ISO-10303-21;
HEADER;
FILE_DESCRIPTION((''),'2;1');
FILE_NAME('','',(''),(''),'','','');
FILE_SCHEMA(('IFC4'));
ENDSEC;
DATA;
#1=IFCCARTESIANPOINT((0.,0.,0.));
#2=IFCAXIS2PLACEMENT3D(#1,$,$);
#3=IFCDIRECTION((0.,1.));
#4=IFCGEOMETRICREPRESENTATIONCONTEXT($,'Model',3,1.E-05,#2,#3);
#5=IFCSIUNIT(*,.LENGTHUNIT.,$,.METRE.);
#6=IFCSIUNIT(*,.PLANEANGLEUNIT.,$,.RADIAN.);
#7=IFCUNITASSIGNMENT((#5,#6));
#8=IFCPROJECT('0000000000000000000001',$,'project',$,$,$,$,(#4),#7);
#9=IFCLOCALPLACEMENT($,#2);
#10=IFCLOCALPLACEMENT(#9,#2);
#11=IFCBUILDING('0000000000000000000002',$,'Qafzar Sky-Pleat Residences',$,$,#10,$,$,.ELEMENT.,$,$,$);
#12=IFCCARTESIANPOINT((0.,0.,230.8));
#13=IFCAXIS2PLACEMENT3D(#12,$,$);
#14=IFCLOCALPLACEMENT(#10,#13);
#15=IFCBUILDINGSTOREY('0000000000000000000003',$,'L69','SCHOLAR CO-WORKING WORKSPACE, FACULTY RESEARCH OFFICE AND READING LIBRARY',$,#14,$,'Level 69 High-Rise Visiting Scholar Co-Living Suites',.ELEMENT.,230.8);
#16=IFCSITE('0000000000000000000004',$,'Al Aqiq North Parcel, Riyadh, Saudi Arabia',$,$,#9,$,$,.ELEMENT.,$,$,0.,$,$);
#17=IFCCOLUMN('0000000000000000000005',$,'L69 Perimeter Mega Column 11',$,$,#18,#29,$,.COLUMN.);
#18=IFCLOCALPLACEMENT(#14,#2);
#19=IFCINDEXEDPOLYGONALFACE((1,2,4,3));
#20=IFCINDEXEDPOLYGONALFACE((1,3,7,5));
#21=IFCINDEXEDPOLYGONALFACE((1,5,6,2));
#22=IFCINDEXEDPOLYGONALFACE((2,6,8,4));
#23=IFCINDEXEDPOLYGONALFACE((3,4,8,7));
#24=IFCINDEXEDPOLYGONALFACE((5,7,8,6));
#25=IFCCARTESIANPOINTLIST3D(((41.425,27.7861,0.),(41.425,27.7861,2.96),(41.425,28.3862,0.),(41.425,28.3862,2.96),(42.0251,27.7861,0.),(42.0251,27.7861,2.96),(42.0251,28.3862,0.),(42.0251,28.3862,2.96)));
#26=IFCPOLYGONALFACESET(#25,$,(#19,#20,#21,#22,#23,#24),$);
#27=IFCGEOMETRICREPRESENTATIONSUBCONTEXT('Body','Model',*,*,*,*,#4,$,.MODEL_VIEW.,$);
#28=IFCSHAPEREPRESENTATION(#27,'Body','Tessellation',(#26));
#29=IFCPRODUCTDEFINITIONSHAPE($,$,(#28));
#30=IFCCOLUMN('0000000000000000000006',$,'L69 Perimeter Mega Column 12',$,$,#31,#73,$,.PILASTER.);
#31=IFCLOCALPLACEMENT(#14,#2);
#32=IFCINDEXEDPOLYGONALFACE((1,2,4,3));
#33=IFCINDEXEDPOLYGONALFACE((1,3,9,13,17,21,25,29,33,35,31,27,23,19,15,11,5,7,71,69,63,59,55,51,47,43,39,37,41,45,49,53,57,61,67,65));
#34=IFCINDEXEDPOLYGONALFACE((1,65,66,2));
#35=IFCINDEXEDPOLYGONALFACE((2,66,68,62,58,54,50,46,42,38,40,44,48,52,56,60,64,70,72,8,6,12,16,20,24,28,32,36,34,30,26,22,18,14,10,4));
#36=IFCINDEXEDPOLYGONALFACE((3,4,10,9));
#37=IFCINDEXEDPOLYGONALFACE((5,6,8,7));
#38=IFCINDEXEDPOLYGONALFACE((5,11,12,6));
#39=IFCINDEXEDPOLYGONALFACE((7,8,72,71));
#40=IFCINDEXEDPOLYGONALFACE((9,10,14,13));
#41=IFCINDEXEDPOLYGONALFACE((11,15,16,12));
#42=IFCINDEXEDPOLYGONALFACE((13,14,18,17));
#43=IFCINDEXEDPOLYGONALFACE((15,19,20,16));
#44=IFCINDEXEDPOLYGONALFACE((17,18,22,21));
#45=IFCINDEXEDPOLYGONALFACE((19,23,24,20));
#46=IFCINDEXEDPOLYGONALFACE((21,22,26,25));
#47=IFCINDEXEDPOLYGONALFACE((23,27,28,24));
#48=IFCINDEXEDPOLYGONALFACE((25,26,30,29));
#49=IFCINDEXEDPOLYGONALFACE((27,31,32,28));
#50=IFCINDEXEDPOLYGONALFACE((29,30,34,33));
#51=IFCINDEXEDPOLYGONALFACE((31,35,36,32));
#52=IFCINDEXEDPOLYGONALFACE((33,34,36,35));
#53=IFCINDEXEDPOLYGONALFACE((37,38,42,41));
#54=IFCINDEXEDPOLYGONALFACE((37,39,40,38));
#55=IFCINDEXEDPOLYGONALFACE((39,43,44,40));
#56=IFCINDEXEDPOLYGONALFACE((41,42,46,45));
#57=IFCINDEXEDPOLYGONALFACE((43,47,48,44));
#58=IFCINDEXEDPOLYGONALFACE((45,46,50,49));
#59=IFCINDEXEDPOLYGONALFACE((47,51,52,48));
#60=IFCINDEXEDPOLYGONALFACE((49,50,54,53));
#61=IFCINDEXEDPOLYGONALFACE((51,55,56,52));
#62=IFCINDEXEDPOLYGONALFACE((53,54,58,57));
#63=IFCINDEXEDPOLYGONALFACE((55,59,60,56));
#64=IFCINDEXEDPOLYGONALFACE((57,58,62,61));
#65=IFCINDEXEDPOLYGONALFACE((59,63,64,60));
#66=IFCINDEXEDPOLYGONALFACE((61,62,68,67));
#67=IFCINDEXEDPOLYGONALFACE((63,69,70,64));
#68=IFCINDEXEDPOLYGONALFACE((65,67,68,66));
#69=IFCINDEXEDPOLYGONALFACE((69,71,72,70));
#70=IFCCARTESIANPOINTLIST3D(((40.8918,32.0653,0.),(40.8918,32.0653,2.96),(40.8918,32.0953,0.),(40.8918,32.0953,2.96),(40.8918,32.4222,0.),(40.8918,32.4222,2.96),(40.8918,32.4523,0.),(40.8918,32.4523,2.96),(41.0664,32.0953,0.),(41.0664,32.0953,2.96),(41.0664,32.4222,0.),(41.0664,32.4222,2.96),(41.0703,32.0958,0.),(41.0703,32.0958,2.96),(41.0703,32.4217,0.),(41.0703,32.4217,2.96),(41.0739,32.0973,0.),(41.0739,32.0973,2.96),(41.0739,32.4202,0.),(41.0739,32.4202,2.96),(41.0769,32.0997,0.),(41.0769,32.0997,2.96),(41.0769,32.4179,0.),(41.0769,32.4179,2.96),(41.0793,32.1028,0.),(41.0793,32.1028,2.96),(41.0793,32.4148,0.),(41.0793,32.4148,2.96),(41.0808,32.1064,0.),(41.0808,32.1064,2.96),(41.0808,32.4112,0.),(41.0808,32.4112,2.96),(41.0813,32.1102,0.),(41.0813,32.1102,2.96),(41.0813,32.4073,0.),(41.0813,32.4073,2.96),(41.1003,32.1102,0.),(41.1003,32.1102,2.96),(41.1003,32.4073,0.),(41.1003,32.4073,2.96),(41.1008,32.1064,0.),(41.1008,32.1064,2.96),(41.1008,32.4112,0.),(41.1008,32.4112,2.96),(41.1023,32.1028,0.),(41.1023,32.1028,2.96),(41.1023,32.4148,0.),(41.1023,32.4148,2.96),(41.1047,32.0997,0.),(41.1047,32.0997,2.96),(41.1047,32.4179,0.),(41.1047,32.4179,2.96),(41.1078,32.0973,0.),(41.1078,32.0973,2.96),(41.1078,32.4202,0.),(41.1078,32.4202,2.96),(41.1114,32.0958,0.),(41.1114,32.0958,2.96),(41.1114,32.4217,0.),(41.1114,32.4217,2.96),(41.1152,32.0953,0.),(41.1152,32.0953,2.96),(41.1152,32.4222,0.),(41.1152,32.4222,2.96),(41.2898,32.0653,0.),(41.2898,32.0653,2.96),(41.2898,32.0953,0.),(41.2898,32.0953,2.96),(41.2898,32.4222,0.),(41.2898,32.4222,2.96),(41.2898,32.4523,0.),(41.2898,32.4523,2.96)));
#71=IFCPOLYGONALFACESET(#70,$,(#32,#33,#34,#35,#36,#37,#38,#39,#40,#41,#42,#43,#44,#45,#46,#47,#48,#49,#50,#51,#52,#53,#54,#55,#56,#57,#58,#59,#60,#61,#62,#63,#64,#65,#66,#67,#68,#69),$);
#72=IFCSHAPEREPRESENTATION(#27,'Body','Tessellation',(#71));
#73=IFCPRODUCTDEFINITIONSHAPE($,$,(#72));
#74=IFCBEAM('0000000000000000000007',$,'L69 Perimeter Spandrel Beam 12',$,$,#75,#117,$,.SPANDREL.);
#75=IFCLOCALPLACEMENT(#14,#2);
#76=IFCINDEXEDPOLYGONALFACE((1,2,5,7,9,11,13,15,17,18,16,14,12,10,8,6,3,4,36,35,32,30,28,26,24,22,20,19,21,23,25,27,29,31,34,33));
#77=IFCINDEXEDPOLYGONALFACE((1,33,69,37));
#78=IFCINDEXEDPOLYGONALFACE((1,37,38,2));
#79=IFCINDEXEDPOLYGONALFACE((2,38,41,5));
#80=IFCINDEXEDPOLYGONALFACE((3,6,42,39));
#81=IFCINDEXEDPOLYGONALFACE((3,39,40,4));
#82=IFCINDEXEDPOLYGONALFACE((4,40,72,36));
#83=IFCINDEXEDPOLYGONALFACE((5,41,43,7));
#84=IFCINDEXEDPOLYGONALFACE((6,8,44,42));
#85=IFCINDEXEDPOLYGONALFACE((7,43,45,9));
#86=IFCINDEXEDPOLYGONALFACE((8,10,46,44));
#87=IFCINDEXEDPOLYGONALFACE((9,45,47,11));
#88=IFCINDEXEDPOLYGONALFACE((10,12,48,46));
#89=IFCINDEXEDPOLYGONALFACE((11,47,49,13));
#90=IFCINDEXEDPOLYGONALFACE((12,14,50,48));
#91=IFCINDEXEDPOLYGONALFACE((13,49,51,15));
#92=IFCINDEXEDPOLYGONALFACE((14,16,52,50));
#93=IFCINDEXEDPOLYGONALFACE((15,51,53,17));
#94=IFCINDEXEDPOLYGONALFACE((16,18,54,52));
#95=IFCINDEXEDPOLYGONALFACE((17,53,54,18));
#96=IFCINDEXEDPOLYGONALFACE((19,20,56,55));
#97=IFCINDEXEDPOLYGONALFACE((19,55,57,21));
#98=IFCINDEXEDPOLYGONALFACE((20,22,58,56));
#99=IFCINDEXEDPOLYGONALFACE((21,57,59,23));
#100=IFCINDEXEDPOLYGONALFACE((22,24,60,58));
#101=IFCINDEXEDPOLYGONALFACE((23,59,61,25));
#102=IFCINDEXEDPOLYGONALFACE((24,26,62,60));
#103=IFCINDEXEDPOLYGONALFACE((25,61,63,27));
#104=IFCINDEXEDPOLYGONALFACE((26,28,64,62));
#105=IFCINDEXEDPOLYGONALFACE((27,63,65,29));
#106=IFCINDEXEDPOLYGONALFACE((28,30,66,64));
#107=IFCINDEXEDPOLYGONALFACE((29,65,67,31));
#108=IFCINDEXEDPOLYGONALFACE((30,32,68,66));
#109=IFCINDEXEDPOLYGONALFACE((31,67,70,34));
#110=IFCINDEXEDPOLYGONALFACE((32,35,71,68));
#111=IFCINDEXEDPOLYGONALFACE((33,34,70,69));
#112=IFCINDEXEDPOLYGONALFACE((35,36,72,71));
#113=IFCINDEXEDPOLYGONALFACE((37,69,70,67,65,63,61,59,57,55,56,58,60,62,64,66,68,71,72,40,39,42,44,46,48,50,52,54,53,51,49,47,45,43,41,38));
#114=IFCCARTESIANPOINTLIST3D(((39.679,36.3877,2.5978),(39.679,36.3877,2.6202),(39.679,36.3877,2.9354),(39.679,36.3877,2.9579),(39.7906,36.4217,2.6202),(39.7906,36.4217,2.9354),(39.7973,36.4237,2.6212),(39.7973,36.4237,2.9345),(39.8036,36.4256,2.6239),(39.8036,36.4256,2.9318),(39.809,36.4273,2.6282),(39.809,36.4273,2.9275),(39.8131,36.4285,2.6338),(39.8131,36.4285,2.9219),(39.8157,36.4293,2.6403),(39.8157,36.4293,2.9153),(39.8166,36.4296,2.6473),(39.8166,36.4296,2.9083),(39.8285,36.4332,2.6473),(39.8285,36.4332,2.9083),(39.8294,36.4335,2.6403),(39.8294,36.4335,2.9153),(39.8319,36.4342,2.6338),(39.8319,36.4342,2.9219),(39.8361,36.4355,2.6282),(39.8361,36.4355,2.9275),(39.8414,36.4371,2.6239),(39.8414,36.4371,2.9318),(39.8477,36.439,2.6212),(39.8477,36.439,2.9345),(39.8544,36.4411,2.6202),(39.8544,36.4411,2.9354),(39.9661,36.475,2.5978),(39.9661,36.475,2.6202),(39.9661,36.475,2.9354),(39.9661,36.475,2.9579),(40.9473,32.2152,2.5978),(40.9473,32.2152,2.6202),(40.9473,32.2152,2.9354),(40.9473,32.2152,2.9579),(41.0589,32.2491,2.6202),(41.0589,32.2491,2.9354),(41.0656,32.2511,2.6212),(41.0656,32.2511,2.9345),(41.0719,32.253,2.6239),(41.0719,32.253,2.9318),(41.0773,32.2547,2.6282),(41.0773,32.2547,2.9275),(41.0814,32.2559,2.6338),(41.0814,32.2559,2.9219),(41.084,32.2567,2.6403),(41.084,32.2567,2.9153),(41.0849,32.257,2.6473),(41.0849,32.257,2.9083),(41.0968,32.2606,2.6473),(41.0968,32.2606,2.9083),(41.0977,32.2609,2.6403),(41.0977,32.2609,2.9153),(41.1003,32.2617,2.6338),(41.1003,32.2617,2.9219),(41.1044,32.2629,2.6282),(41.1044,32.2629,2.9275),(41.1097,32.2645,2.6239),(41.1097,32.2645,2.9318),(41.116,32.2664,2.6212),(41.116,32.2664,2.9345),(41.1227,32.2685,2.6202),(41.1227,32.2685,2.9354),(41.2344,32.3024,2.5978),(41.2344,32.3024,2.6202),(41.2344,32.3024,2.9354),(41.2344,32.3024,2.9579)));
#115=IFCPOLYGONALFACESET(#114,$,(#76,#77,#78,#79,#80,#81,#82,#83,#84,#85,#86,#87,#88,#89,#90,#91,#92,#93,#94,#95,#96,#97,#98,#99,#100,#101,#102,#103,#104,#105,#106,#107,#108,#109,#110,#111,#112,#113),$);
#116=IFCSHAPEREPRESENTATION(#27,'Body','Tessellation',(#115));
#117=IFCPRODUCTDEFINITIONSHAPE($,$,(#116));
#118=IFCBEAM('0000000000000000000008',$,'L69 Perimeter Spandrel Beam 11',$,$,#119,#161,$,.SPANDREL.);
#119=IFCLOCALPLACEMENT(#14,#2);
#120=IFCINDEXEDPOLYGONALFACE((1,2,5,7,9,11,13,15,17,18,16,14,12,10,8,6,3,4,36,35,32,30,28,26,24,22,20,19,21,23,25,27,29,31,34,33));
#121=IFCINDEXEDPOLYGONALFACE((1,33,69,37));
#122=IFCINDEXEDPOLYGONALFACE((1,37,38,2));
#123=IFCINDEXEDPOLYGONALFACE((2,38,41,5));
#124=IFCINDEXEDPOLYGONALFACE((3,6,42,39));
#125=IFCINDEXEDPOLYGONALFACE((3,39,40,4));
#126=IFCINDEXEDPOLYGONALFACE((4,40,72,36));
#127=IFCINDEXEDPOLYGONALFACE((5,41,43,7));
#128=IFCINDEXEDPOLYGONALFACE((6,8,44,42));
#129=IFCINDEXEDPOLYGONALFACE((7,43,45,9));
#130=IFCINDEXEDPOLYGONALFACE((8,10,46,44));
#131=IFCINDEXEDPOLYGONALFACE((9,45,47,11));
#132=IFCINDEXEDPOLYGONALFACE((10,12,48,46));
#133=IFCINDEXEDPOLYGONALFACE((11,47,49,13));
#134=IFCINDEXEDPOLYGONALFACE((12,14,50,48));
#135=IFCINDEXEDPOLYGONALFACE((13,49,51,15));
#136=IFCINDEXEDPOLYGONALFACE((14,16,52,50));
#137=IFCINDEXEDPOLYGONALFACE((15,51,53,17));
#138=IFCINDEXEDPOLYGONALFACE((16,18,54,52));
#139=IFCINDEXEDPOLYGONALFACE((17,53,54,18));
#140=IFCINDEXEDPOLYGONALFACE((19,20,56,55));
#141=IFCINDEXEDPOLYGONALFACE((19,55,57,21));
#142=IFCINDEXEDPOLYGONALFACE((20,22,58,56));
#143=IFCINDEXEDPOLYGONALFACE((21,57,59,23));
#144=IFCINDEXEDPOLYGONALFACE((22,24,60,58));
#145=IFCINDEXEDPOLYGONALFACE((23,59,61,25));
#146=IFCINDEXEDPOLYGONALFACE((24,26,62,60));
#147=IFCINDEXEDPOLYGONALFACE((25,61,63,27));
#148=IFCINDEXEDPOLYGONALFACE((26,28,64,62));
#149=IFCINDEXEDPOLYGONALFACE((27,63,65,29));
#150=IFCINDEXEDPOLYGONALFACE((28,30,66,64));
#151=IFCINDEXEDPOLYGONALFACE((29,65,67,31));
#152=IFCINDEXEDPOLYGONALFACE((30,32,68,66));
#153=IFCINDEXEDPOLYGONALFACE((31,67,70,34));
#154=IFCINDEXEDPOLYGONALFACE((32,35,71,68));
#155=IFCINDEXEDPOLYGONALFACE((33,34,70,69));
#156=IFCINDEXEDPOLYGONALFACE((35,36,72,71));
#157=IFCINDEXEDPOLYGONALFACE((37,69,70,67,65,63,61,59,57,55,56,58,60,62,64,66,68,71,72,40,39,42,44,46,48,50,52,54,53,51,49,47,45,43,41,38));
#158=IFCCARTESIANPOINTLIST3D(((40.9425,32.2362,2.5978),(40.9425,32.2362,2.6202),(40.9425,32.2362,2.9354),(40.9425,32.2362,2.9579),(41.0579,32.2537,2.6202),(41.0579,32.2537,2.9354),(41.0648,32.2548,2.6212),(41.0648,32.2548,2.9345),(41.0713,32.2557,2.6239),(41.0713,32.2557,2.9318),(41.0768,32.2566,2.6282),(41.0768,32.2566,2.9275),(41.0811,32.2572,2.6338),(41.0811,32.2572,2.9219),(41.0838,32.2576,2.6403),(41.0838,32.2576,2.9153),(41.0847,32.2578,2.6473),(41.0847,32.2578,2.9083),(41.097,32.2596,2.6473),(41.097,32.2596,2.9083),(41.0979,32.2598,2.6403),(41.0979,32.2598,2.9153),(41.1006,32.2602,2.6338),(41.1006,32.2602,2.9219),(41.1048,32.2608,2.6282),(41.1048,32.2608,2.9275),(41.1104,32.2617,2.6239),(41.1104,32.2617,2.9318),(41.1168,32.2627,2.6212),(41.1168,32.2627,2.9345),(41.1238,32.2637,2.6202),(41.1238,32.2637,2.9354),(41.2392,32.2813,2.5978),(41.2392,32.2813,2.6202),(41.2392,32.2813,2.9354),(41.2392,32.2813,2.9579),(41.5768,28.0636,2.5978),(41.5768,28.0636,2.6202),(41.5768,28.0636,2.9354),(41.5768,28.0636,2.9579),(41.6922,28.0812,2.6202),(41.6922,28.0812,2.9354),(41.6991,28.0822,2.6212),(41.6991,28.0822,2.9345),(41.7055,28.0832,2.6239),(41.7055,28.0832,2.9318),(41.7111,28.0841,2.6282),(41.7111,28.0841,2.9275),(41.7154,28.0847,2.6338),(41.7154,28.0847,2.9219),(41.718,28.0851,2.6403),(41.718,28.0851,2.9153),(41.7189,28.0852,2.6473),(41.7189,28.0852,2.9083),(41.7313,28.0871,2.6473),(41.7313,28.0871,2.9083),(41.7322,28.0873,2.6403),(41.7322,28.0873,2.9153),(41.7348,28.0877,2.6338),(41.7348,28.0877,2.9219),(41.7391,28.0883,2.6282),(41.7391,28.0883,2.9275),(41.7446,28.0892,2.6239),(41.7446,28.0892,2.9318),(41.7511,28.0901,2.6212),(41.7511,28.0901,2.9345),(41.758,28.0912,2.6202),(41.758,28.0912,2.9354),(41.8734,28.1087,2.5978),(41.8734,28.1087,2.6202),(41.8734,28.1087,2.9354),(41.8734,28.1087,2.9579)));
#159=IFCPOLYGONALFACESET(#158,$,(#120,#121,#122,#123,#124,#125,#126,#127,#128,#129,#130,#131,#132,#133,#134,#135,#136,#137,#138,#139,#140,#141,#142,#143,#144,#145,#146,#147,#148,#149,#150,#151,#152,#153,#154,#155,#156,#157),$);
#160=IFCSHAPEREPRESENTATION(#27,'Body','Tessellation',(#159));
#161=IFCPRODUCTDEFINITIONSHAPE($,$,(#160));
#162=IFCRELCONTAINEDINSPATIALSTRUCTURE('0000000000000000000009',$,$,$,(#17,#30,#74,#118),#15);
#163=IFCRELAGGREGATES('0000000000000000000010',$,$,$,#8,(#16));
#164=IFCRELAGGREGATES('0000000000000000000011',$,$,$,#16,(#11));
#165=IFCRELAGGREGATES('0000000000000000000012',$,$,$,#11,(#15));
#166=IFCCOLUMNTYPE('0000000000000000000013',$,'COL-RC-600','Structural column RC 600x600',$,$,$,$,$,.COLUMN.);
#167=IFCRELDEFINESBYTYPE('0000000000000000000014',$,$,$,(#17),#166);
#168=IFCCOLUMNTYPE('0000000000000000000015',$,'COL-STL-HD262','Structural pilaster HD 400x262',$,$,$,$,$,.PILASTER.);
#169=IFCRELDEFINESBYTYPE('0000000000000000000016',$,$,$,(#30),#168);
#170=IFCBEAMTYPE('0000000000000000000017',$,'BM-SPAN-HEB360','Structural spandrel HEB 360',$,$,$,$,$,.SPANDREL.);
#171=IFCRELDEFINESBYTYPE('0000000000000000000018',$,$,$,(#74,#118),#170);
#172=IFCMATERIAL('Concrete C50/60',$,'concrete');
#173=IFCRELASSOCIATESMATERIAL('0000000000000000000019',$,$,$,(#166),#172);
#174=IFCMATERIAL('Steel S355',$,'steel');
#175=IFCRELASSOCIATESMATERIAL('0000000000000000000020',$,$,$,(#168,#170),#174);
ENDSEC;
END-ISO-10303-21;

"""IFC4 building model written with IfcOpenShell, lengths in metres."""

from ifc_helpers import new_model, si_unit, direction, frame, origin, origin_2d, place, context, subcontext, project, spatial, rectangle, i_section, extrude, source, transform, mapped, material, material_profile, profile_set, type_object, element, save


model = new_model("IFC4")

# Units and contexts
model_context = context("Model", 3, precision=1e-05, world=origin(), true_north=direction((0.0, 1.0)))
body_context = subcontext(model_context, "Body", "Model", "MODEL_VIEW")
ifc_project = project(units=[si_unit("LENGTHUNIT", "METRE"), si_unit("PLANEANGLEUNIT", "RADIAN")], contexts=[model_context])

# Site, building, storey
site_placement = place(None, origin())
site = spatial("IfcSite", under=ifc_project, at=site_placement, Name="Al Aqiq North Parcel, Riyadh, Saudi Arabia", CompositionType="ELEMENT", RefElevation=0.0)
building_placement = place(site_placement, origin())
building = spatial("IfcBuilding", under=site, at=building_placement, Name="Qafzar Sky-Pleat Residences", CompositionType="ELEMENT")
storey_placement = place(building_placement, frame((0.0, 0.0, 230.8)))
storey = spatial("IfcBuildingStorey", under=building, at=storey_placement, Name="L69", Description="SCHOLAR CO-WORKING WORKSPACE, FACULTY RESEARCH OFFICE AND READING LIBRARY", LongName="Level 69 High-Rise Visiting Scholar Co-Living Suites", CompositionType="ELEMENT", Elevation=230.8)

# Columns
ifc_material_1 = material(Name="Concrete C50/60", Category="concrete")
ifc_material_profile_1 = material_profile(ifc_material_1, rectangle(XDim=0.6001, YDim=0.6001, at=origin_2d()), Name="RC 600x600")
ifc_profile_set_1 = profile_set([ifc_material_profile_1], Name="Concrete C50/60")
column_type_1 = type_object("IfcColumnType", Name="COL-RC-600", Description="Structural column RC 600x600", PredefinedType="COLUMN", material=ifc_profile_set_1)
shared_shape_1 = source(origin(), body_context, "Body", "SweptSolid", [
    extrude(rectangle(XDim=0.6001, YDim=0.6001, at=origin_2d()), origin(), (0.0, 0.0, 1.0), 2.96),
])
column_1_placement = place(storey_placement, frame((41.7251, 28.0862, 0.0), z_axis=(0.0, 0.0, 1.0), x_axis=(1.0, 0.0, 0.0)))
element("IfcColumn", 1, at=column_1_placement, inside=storey, type_object=column_type_1, Name="L69 Perimeter Mega Column 11", PredefinedType="COLUMN", context=body_context, shape_type="MappedRepresentation", body=[
    mapped(shared_shape_1, transform((0.0, 0.0, 0.0), x_axis=(1.0, 0.0, 0.0), y_axis=(0.0, 1.0, 0.0), z_axis=(0.0, 0.0, 1.0), scale=1.0)),
])
ifc_material_2 = material(Name="Steel S355", Category="steel")
ifc_material_profile_2 = material_profile(ifc_material_2, i_section(OverallWidth=0.3979, OverallDepth=0.387, WebThickness=0.019, FlangeThickness=0.03, FilletRadius=0.0149, at=origin_2d()), Name="HD 400x262")
ifc_profile_set_2 = profile_set([ifc_material_profile_2], Name="Steel S355")
column_type_2 = type_object("IfcColumnType", Name="COL-STL-HD262", Description="Structural pilaster HD 400x262", PredefinedType="PILASTER", material=ifc_profile_set_2)
shared_shape_2 = source(origin(), body_context, "Body", "SweptSolid", [
    extrude(i_section(OverallWidth=0.3979, OverallDepth=0.387, WebThickness=0.019, FlangeThickness=0.03, FilletRadius=0.0149, at=origin_2d()), origin(), (0.0, 0.0, 1.0), 2.96),
])
column_2_placement = place(storey_placement, frame((41.0908, 32.2588, 0.0), z_axis=(0.0, 0.0, 1.0), x_axis=(1.0, 0.0, 0.0)))
element("IfcColumn", 2, at=column_2_placement, inside=storey, type_object=column_type_2, Name="L69 Perimeter Mega Column 12", PredefinedType="PILASTER", context=body_context, shape_type="MappedRepresentation", body=[
    mapped(shared_shape_2, transform((0.0, 0.0, 0.0), x_axis=(1.0, 0.0, 0.0), y_axis=(0.0, 1.0, 0.0), z_axis=(0.0, 0.0, 1.0), scale=1.0)),
])

# Beams
ifc_material_profile_3 = material_profile(ifc_material_2, i_section(OverallWidth=0.3, OverallDepth=0.3601, WebThickness=0.0125, FlangeThickness=0.0225, FilletRadius=0.0271, at=origin_2d()), Name="HEB 360")
ifc_profile_set_3 = profile_set([ifc_material_profile_3], Name="Steel S355")
beam_type_1 = type_object("IfcBeamType", Name="BM-SPAN-HEB360", Description="Structural spandrel HEB 360", PredefinedType="SPANDREL", material=ifc_profile_set_3)
shared_shape_3 = source(origin(), body_context, "Body", "SweptSolid", [
    extrude(i_section(OverallWidth=0.3, OverallDepth=0.3601, WebThickness=0.0125, FlangeThickness=0.0225, FilletRadius=0.0271, at=origin_2d()), origin(), (0.0, 0.0, 1.0), 4.3611),
])
beam_1_placement = place(storey_placement, frame((41.0908, 32.2588, 2.7778), z_axis=(-0.290823, 0.956777, 0.0), x_axis=(-0.956777, -0.290823, 0.0)))
element("IfcBeam", 3, at=beam_1_placement, inside=storey, type_object=beam_type_1, Name="L69 Perimeter Spandrel Beam 12", PredefinedType="SPANDREL", context=body_context, shape_type="MappedRepresentation", body=[
    mapped(shared_shape_3, transform((0.0, 0.0, 0.0), x_axis=(1.0, 0.0, 0.0), y_axis=(0.0, 1.0, 0.0), z_axis=(0.0, 0.0, 1.0), scale=1.0)),
])
shared_shape_4 = source(origin(), body_context, "Body", "SweptSolid", [
    extrude(i_section(OverallWidth=0.3, OverallDepth=0.3601, WebThickness=0.0125, FlangeThickness=0.0225, FilletRadius=0.0271, at=origin_2d()), origin(), (0.0, 0.0, 1.0), 4.2205),
])
beam_2_placement = place(storey_placement, frame((41.7251, 28.0862, 2.7778), z_axis=(-0.150283, 0.988643, 0.0), x_axis=(-0.988643, -0.150283, 0.0)))
element("IfcBeam", 4, at=beam_2_placement, inside=storey, type_object=beam_type_1, Name="L69 Perimeter Spandrel Beam 11", PredefinedType="SPANDREL", context=body_context, shape_type="MappedRepresentation", body=[
    mapped(shared_shape_4, transform((0.0, 0.0, 0.0), x_axis=(1.0, 0.0, 0.0), y_axis=(0.0, 1.0, 0.0), z_axis=(0.0, 0.0, 1.0), scale=1.0)),
])

save(model, "model.ifc")
